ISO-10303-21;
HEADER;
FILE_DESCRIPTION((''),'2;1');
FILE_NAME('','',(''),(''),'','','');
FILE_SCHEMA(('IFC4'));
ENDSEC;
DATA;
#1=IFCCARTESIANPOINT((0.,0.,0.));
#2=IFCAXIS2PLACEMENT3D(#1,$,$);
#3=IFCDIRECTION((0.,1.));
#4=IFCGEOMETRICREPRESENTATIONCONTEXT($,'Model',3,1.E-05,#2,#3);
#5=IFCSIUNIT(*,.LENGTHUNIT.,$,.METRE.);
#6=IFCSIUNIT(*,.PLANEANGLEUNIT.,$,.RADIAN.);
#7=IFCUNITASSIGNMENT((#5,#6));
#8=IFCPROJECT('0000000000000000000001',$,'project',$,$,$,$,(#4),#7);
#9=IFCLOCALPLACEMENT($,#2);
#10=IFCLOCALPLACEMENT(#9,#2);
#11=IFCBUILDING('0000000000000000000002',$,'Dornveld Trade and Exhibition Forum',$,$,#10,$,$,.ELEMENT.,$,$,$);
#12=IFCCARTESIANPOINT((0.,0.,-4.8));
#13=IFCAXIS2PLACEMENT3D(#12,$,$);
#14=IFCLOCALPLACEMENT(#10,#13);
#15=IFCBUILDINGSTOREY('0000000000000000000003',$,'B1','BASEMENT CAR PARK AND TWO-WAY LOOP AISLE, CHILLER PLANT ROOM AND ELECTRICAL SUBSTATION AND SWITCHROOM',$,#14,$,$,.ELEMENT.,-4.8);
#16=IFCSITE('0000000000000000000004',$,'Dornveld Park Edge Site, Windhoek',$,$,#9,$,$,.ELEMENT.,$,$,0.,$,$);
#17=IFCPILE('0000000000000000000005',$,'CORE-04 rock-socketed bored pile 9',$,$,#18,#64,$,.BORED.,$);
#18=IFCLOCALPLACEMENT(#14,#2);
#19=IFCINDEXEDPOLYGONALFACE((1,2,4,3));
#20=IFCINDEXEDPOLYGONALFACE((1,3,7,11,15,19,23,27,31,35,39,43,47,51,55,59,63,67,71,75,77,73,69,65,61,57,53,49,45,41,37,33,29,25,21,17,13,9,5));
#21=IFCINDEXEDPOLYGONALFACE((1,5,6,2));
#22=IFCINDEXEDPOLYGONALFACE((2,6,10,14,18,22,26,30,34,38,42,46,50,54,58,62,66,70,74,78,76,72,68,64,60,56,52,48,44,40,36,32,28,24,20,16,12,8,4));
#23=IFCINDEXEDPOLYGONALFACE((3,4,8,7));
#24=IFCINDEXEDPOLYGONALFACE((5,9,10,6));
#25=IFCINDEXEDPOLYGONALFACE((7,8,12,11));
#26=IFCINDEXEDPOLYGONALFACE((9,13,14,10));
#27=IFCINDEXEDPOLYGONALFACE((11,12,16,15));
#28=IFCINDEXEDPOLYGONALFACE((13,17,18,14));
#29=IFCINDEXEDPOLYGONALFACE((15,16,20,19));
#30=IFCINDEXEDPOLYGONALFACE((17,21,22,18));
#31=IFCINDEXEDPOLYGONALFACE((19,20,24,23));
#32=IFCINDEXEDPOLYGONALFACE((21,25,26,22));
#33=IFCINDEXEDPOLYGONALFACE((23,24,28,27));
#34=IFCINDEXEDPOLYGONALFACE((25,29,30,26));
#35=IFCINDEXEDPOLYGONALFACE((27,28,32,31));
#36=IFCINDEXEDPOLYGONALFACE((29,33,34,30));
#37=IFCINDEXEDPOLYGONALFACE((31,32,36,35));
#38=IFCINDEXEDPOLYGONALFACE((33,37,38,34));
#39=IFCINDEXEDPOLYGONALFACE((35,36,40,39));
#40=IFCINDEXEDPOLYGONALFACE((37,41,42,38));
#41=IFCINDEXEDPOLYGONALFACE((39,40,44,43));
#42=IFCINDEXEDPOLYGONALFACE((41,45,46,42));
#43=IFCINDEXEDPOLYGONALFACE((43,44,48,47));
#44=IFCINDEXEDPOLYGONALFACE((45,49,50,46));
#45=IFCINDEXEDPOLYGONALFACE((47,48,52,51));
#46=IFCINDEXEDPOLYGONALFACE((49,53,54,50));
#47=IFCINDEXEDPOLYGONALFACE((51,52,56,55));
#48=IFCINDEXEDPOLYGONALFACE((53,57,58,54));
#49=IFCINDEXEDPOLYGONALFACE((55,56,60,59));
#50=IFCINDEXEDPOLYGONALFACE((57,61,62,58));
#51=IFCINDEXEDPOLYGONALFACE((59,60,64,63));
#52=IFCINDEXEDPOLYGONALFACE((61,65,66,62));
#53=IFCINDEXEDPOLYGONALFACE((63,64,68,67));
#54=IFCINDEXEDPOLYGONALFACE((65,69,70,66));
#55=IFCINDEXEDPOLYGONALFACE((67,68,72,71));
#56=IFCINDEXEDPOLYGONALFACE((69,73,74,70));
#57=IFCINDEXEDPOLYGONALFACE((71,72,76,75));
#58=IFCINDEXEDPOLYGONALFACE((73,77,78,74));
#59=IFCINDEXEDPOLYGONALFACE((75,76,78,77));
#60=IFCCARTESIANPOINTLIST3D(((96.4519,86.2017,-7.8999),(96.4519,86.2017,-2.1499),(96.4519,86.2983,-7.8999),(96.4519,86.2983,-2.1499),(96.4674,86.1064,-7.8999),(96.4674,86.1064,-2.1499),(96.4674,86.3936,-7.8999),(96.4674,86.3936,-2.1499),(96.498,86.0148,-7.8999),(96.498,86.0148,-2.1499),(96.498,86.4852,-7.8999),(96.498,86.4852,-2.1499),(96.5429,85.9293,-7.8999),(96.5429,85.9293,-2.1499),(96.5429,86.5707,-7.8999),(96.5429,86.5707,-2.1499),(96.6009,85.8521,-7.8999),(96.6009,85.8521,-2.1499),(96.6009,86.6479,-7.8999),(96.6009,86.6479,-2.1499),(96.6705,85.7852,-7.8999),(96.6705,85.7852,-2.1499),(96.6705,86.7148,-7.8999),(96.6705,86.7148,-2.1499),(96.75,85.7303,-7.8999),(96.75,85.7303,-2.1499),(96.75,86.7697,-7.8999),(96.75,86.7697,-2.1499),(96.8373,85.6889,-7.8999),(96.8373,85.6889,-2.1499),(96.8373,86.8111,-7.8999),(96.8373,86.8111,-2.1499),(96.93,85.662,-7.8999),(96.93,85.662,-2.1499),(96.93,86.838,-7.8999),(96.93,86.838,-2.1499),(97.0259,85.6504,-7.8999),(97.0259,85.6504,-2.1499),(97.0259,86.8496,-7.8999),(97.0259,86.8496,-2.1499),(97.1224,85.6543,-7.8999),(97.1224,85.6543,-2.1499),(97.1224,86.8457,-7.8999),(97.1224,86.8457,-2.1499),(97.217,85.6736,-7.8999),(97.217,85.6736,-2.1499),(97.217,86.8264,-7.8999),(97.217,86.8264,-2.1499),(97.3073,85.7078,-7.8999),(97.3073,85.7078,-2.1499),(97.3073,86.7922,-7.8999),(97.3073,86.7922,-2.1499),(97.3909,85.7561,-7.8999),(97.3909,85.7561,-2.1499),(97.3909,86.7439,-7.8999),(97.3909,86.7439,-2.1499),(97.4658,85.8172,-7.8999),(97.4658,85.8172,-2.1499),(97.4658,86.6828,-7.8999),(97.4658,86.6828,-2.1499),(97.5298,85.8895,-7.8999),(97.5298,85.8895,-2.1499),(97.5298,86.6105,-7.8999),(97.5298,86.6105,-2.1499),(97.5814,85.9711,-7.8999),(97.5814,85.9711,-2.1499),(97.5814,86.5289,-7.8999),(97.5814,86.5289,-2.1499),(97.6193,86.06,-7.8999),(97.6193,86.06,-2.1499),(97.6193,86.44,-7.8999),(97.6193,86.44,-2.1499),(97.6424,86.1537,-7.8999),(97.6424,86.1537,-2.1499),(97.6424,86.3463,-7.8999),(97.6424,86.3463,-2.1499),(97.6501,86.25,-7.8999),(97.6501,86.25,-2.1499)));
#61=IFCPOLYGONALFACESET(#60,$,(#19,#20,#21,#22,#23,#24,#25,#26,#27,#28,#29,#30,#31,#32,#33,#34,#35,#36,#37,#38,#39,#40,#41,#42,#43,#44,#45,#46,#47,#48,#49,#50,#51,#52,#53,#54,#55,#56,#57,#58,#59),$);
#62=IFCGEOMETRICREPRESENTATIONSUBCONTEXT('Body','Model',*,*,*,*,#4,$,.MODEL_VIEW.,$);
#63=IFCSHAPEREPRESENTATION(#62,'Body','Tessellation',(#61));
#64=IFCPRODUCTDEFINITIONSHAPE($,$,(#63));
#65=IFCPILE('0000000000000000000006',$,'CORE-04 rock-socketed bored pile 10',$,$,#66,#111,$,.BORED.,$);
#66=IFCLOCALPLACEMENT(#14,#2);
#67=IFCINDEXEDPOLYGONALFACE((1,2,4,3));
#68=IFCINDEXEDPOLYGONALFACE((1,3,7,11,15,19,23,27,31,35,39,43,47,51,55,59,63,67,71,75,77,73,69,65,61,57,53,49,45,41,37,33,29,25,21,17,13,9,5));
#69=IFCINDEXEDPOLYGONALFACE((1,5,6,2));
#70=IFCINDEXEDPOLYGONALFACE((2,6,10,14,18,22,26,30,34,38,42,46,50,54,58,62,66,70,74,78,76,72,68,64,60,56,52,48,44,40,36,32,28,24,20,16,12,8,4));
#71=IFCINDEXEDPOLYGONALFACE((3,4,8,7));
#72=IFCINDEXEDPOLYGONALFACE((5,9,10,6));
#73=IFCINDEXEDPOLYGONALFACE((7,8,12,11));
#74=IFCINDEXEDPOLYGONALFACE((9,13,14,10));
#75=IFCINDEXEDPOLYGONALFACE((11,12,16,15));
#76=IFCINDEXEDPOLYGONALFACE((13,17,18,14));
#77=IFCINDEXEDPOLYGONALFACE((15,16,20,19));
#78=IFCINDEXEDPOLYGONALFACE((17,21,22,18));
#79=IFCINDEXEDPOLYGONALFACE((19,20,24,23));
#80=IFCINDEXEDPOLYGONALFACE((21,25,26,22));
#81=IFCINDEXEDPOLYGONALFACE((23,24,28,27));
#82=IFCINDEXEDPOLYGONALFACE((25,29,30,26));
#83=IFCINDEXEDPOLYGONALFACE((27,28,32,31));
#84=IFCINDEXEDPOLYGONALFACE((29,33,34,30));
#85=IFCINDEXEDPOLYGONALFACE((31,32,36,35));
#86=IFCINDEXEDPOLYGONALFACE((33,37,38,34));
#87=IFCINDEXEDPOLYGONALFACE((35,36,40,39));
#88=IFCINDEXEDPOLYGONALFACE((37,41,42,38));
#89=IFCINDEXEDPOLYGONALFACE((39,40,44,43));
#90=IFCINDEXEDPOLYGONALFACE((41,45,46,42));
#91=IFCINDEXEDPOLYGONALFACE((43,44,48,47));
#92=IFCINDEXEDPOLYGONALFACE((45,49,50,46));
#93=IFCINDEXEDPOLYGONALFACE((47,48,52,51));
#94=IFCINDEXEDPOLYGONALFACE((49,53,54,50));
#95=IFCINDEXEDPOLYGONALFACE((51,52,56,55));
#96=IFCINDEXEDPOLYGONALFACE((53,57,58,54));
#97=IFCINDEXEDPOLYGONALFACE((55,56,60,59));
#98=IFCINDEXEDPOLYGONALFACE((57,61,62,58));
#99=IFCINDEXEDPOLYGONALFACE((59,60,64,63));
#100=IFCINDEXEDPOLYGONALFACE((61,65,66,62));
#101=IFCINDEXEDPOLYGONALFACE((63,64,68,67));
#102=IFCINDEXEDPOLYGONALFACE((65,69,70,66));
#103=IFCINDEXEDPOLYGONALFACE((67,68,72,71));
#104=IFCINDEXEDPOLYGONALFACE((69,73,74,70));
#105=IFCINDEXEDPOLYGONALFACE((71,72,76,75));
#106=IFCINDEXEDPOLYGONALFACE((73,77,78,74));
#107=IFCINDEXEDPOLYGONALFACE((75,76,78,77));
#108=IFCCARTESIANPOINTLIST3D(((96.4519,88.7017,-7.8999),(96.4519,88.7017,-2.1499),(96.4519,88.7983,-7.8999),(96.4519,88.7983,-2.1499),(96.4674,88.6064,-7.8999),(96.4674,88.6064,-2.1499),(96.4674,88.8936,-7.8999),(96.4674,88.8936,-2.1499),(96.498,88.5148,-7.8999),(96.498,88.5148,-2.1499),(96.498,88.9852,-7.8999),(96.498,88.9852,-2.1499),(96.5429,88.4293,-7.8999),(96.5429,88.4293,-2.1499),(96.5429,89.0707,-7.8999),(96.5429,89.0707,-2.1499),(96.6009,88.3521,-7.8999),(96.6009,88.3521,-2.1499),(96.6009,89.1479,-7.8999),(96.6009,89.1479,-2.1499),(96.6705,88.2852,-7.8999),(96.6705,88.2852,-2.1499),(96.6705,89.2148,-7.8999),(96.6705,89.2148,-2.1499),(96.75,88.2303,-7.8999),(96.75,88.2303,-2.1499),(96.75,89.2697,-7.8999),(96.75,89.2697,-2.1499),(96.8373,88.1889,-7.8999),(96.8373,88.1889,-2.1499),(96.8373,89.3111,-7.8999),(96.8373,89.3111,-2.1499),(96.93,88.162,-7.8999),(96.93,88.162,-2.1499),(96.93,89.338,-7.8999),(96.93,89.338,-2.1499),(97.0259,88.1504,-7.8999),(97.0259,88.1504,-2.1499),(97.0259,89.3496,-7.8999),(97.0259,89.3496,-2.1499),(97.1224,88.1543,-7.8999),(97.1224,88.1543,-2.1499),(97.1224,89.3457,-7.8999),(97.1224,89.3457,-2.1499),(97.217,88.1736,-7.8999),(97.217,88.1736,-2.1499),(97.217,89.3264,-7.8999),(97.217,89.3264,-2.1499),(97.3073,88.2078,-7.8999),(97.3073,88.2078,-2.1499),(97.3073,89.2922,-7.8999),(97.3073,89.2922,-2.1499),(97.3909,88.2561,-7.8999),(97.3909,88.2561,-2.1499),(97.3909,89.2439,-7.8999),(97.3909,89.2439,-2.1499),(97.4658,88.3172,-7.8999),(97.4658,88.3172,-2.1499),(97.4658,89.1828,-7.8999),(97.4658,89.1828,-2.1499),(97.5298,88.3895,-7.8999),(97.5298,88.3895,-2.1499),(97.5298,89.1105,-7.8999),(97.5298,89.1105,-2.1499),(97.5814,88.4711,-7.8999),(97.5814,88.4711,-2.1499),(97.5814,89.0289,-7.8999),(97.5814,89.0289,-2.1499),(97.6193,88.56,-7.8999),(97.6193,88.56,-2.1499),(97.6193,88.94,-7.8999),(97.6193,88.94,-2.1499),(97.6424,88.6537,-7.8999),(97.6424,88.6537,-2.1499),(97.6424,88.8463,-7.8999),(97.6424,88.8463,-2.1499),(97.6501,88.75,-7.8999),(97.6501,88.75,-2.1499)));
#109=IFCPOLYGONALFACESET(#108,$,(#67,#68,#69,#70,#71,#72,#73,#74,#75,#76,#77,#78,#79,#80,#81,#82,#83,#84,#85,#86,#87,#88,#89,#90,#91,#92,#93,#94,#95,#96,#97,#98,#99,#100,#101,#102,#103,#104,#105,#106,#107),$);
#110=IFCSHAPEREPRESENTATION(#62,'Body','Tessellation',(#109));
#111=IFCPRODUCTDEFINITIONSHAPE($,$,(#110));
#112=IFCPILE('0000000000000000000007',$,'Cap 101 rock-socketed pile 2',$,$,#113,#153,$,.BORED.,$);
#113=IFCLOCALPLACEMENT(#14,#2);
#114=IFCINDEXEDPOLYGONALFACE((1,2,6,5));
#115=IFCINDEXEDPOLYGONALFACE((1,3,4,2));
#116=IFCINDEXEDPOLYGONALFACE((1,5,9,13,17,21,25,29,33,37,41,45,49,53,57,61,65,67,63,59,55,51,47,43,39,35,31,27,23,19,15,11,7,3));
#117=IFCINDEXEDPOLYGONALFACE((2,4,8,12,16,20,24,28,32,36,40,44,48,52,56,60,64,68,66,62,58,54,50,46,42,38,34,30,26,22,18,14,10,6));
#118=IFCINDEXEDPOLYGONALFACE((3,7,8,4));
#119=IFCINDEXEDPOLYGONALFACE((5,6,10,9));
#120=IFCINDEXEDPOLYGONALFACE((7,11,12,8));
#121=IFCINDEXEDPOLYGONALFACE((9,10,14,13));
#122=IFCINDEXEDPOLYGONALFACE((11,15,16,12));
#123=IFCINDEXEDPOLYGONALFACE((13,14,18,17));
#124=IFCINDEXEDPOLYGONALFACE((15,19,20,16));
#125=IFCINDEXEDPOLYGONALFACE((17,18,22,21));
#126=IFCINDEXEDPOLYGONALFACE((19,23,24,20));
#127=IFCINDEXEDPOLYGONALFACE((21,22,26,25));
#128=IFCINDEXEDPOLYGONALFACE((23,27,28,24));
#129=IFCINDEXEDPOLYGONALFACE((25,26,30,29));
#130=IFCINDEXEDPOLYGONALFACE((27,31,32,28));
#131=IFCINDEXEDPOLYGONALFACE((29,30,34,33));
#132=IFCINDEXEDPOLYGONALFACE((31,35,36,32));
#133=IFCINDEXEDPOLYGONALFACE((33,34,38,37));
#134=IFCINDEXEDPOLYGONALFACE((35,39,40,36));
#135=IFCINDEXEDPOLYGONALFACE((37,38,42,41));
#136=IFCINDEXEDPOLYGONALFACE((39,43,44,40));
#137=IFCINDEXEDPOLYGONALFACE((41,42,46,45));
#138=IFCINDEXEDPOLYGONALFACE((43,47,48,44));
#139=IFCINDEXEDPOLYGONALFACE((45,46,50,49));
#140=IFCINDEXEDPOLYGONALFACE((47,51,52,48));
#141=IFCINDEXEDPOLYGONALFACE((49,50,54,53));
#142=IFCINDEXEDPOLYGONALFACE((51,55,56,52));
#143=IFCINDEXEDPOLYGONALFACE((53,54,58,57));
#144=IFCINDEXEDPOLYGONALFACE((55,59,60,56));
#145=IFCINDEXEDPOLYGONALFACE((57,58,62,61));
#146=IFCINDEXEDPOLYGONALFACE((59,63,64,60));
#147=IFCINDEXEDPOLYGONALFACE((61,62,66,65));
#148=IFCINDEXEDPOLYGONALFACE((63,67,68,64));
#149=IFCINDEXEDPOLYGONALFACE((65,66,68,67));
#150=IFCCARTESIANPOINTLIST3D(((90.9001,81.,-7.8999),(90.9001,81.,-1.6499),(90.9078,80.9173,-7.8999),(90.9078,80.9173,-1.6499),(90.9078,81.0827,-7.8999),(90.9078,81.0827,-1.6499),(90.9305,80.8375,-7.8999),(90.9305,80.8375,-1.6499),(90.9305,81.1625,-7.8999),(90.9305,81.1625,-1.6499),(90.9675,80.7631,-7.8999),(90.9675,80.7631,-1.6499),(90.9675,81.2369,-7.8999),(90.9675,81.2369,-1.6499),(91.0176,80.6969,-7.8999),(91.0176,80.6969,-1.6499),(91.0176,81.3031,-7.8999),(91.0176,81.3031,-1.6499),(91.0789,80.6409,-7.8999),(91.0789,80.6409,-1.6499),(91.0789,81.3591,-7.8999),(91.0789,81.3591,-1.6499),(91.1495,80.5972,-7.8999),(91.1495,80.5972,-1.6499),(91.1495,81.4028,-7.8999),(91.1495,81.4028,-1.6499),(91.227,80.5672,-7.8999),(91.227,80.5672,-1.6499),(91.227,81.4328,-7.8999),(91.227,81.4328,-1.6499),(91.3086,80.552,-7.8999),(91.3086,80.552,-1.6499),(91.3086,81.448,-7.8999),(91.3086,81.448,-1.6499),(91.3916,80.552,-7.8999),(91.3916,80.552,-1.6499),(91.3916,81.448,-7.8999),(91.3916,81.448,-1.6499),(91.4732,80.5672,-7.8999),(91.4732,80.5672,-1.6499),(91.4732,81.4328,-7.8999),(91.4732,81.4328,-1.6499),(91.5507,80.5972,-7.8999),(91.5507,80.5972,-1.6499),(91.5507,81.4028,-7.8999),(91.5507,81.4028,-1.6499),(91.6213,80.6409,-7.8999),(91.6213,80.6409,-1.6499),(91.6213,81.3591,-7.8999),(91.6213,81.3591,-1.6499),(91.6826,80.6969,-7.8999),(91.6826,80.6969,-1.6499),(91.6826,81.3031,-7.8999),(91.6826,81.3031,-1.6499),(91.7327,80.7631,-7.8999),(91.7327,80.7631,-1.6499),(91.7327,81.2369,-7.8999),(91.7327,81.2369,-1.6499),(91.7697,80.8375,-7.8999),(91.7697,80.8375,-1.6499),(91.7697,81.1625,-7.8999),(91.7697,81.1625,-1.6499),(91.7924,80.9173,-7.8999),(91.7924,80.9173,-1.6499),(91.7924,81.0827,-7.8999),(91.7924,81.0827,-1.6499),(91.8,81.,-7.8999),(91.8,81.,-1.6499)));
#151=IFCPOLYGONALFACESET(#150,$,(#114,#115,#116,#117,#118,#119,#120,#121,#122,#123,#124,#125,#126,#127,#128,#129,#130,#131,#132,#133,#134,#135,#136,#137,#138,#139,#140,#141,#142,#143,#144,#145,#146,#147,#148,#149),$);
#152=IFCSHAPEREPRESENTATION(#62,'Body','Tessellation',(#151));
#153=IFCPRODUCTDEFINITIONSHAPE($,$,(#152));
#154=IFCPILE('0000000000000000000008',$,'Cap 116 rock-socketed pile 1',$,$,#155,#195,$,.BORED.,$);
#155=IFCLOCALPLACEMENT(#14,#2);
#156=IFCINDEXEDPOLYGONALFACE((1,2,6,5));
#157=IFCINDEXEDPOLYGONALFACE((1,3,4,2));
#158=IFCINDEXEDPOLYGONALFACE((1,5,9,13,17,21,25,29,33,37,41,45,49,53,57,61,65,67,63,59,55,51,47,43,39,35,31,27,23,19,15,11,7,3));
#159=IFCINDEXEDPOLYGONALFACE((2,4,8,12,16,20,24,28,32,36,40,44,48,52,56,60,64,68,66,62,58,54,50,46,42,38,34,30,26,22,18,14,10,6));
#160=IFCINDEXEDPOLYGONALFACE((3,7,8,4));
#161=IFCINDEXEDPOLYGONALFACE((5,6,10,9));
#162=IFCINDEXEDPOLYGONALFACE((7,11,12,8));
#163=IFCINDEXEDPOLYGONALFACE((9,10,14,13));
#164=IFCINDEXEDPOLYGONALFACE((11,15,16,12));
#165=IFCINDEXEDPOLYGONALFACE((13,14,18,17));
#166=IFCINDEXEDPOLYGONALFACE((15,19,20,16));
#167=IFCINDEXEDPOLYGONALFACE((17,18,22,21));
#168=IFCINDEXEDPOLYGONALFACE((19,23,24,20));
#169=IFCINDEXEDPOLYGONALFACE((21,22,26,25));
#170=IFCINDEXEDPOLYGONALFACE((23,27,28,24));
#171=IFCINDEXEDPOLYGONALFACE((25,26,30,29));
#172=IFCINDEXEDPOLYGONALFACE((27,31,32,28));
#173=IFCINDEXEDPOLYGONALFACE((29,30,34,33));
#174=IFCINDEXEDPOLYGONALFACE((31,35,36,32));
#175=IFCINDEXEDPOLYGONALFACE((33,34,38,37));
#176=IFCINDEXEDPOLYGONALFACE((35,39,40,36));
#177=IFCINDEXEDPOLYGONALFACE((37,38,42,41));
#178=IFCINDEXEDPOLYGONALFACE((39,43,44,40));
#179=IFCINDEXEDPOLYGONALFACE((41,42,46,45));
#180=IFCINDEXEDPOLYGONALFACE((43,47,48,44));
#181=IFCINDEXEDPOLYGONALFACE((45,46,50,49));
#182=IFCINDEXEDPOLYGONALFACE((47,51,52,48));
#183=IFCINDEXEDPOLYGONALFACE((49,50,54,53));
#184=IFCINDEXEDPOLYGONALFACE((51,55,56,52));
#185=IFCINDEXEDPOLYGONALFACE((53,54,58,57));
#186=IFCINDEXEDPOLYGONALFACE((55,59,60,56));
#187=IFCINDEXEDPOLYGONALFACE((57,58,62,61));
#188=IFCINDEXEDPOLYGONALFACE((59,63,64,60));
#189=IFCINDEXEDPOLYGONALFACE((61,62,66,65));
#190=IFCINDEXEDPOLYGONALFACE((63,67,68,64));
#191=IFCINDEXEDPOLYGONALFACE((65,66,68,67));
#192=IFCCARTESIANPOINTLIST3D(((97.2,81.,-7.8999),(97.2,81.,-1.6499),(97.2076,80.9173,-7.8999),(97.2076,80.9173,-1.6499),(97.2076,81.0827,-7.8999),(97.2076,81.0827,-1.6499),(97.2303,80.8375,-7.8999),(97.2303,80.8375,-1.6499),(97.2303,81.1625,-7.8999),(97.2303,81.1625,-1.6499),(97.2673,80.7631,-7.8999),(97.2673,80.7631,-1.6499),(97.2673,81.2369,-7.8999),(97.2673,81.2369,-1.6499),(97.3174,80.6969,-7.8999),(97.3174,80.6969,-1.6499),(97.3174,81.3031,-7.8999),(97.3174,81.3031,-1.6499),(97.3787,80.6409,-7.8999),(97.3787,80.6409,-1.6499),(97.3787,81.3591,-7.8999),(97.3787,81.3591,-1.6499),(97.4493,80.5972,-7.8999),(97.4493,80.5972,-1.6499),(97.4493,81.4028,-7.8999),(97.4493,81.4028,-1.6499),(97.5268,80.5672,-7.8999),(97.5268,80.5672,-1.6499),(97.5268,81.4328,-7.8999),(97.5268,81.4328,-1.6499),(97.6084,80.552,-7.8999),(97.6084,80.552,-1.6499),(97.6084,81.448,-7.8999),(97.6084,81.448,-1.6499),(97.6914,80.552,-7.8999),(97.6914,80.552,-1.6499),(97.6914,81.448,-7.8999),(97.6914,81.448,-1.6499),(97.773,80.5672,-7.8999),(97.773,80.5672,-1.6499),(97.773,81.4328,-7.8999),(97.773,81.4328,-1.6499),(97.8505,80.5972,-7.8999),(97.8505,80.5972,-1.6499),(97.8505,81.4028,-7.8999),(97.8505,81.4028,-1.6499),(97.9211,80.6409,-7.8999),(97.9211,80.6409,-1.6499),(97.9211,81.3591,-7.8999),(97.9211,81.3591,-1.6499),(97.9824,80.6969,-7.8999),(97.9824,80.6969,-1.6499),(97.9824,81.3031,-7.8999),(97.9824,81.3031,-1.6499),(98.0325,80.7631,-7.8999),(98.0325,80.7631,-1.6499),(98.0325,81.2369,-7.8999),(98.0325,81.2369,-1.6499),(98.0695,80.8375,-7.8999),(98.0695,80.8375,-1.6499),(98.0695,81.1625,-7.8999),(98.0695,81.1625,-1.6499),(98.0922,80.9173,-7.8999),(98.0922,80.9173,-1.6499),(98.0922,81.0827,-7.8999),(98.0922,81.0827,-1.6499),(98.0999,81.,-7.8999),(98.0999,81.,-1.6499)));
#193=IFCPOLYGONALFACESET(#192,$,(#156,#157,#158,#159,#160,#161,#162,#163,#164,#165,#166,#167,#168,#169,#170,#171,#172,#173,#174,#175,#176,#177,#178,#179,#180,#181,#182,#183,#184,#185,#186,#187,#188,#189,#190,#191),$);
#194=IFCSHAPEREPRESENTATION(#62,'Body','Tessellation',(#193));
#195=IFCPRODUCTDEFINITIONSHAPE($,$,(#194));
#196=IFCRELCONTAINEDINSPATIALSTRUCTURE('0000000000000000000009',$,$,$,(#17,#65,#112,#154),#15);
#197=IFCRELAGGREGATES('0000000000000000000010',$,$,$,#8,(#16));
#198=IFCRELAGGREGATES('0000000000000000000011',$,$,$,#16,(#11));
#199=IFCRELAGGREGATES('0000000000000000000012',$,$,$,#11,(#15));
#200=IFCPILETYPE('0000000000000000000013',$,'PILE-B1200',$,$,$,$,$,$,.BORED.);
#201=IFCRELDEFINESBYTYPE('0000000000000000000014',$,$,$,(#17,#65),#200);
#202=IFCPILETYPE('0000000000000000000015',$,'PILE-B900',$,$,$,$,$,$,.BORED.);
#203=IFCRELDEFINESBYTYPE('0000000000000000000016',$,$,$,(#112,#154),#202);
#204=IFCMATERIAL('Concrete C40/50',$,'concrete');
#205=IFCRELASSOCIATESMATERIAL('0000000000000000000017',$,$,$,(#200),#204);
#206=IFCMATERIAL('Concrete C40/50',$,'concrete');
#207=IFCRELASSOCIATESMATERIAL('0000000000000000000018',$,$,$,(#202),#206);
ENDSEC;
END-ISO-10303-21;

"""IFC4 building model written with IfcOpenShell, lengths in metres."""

from ifc_helpers import new_model, si_unit, direction, frame, origin, origin_2d, place, context, subcontext, project, spatial, circle, extrude, material, material_profile, profile_set, type_object, element, save


model = new_model("IFC4")

# Units and contexts
model_context = context("Model", 3, precision=1e-05, world=origin(), true_north=direction((0.0, 1.0)))
body_context = subcontext(model_context, "Body", "Model", "MODEL_VIEW")
ifc_project = project(units=[si_unit("LENGTHUNIT", "METRE"), si_unit("PLANEANGLEUNIT", "RADIAN")], contexts=[model_context])

# Site, building, storey
site_placement = place(None, origin())
site = spatial("IfcSite", under=ifc_project, at=site_placement, Name="Dornveld Park Edge Site, Windhoek", CompositionType="ELEMENT", RefElevation=0.0)
building_placement = place(site_placement, origin())
building = spatial("IfcBuilding", under=site, at=building_placement, Name="Dornveld Trade and Exhibition Forum", CompositionType="ELEMENT")
storey_placement = place(building_placement, frame((0.0, 0.0, -4.8)))
storey = spatial("IfcBuildingStorey", under=building, at=storey_placement, Name="B1", Description="BASEMENT CAR PARK AND TWO-WAY LOOP AISLE, CHILLER PLANT ROOM AND ELECTRICAL SUBSTATION AND SWITCHROOM", CompositionType="ELEMENT", Elevation=-4.8)

# Piles
ifc_material_1 = material(Name="Concrete C40/50", Category="concrete")
ifc_material_profile_1 = material_profile(ifc_material_1, circle(Radius=0.6001, at=origin_2d()), Name="PILE D1200")
ifc_profile_set_1 = profile_set([ifc_material_profile_1], Name="Concrete C40/50")
pile_type_1 = type_object("IfcPileType", Name="PILE-B1200", PredefinedType="BORED", material=ifc_profile_set_1)
for number, where, z_axis, x_axis, name in (
    (1, (97.05, 86.25, -2.1499), (0.0, 0.0, -1.0), (1.0, 0.0, 0.0), "CORE-04 rock-socketed bored pile 9"),
    (2, (97.05, 88.75, -2.1499), (0.0, 0.0, -1.0), (1.0, 0.0, 0.0), "CORE-04 rock-socketed bored pile 10"),
):
    element("IfcPile", number, at=place(storey_placement, frame(where, z_axis=z_axis, x_axis=x_axis)), inside=storey, type_object=pile_type_1, Name=name, PredefinedType="BORED", context=body_context, shape_type="SweptSolid", body=[
        extrude(circle(Radius=0.6001, at=origin_2d()), origin(), (0.0, 0.0, 1.0), 5.75),
    ])
ifc_material_2 = material(Name="Concrete C40/50", Category="concrete")
ifc_material_profile_2 = material_profile(ifc_material_2, circle(Radius=0.45, at=origin_2d()), Name="PILE D900")
ifc_profile_set_2 = profile_set([ifc_material_profile_2], Name="Concrete C40/50")
pile_type_2 = type_object("IfcPileType", Name="PILE-B900", PredefinedType="BORED", material=ifc_profile_set_2)
for number, where, z_axis, x_axis, name in (
    (3, (91.3501, 81.0, -1.6499), (0.0, 0.0, -1.0), (1.0, 0.0, 0.0), "Cap 101 rock-socketed pile 2"),
    (4, (97.6499, 81.0, -1.6499), (0.0, 0.0, -1.0), (1.0, 0.0, 0.0), "Cap 116 rock-socketed pile 1"),
):
    element("IfcPile", number, at=place(storey_placement, frame(where, z_axis=z_axis, x_axis=x_axis)), inside=storey, type_object=pile_type_2, Name=name, PredefinedType="BORED", context=body_context, shape_type="SweptSolid", body=[
        extrude(circle(Radius=0.45, at=origin_2d()), origin(), (0.0, 0.0, 1.0), 6.25),
    ])

save(model, "model.ifc")
